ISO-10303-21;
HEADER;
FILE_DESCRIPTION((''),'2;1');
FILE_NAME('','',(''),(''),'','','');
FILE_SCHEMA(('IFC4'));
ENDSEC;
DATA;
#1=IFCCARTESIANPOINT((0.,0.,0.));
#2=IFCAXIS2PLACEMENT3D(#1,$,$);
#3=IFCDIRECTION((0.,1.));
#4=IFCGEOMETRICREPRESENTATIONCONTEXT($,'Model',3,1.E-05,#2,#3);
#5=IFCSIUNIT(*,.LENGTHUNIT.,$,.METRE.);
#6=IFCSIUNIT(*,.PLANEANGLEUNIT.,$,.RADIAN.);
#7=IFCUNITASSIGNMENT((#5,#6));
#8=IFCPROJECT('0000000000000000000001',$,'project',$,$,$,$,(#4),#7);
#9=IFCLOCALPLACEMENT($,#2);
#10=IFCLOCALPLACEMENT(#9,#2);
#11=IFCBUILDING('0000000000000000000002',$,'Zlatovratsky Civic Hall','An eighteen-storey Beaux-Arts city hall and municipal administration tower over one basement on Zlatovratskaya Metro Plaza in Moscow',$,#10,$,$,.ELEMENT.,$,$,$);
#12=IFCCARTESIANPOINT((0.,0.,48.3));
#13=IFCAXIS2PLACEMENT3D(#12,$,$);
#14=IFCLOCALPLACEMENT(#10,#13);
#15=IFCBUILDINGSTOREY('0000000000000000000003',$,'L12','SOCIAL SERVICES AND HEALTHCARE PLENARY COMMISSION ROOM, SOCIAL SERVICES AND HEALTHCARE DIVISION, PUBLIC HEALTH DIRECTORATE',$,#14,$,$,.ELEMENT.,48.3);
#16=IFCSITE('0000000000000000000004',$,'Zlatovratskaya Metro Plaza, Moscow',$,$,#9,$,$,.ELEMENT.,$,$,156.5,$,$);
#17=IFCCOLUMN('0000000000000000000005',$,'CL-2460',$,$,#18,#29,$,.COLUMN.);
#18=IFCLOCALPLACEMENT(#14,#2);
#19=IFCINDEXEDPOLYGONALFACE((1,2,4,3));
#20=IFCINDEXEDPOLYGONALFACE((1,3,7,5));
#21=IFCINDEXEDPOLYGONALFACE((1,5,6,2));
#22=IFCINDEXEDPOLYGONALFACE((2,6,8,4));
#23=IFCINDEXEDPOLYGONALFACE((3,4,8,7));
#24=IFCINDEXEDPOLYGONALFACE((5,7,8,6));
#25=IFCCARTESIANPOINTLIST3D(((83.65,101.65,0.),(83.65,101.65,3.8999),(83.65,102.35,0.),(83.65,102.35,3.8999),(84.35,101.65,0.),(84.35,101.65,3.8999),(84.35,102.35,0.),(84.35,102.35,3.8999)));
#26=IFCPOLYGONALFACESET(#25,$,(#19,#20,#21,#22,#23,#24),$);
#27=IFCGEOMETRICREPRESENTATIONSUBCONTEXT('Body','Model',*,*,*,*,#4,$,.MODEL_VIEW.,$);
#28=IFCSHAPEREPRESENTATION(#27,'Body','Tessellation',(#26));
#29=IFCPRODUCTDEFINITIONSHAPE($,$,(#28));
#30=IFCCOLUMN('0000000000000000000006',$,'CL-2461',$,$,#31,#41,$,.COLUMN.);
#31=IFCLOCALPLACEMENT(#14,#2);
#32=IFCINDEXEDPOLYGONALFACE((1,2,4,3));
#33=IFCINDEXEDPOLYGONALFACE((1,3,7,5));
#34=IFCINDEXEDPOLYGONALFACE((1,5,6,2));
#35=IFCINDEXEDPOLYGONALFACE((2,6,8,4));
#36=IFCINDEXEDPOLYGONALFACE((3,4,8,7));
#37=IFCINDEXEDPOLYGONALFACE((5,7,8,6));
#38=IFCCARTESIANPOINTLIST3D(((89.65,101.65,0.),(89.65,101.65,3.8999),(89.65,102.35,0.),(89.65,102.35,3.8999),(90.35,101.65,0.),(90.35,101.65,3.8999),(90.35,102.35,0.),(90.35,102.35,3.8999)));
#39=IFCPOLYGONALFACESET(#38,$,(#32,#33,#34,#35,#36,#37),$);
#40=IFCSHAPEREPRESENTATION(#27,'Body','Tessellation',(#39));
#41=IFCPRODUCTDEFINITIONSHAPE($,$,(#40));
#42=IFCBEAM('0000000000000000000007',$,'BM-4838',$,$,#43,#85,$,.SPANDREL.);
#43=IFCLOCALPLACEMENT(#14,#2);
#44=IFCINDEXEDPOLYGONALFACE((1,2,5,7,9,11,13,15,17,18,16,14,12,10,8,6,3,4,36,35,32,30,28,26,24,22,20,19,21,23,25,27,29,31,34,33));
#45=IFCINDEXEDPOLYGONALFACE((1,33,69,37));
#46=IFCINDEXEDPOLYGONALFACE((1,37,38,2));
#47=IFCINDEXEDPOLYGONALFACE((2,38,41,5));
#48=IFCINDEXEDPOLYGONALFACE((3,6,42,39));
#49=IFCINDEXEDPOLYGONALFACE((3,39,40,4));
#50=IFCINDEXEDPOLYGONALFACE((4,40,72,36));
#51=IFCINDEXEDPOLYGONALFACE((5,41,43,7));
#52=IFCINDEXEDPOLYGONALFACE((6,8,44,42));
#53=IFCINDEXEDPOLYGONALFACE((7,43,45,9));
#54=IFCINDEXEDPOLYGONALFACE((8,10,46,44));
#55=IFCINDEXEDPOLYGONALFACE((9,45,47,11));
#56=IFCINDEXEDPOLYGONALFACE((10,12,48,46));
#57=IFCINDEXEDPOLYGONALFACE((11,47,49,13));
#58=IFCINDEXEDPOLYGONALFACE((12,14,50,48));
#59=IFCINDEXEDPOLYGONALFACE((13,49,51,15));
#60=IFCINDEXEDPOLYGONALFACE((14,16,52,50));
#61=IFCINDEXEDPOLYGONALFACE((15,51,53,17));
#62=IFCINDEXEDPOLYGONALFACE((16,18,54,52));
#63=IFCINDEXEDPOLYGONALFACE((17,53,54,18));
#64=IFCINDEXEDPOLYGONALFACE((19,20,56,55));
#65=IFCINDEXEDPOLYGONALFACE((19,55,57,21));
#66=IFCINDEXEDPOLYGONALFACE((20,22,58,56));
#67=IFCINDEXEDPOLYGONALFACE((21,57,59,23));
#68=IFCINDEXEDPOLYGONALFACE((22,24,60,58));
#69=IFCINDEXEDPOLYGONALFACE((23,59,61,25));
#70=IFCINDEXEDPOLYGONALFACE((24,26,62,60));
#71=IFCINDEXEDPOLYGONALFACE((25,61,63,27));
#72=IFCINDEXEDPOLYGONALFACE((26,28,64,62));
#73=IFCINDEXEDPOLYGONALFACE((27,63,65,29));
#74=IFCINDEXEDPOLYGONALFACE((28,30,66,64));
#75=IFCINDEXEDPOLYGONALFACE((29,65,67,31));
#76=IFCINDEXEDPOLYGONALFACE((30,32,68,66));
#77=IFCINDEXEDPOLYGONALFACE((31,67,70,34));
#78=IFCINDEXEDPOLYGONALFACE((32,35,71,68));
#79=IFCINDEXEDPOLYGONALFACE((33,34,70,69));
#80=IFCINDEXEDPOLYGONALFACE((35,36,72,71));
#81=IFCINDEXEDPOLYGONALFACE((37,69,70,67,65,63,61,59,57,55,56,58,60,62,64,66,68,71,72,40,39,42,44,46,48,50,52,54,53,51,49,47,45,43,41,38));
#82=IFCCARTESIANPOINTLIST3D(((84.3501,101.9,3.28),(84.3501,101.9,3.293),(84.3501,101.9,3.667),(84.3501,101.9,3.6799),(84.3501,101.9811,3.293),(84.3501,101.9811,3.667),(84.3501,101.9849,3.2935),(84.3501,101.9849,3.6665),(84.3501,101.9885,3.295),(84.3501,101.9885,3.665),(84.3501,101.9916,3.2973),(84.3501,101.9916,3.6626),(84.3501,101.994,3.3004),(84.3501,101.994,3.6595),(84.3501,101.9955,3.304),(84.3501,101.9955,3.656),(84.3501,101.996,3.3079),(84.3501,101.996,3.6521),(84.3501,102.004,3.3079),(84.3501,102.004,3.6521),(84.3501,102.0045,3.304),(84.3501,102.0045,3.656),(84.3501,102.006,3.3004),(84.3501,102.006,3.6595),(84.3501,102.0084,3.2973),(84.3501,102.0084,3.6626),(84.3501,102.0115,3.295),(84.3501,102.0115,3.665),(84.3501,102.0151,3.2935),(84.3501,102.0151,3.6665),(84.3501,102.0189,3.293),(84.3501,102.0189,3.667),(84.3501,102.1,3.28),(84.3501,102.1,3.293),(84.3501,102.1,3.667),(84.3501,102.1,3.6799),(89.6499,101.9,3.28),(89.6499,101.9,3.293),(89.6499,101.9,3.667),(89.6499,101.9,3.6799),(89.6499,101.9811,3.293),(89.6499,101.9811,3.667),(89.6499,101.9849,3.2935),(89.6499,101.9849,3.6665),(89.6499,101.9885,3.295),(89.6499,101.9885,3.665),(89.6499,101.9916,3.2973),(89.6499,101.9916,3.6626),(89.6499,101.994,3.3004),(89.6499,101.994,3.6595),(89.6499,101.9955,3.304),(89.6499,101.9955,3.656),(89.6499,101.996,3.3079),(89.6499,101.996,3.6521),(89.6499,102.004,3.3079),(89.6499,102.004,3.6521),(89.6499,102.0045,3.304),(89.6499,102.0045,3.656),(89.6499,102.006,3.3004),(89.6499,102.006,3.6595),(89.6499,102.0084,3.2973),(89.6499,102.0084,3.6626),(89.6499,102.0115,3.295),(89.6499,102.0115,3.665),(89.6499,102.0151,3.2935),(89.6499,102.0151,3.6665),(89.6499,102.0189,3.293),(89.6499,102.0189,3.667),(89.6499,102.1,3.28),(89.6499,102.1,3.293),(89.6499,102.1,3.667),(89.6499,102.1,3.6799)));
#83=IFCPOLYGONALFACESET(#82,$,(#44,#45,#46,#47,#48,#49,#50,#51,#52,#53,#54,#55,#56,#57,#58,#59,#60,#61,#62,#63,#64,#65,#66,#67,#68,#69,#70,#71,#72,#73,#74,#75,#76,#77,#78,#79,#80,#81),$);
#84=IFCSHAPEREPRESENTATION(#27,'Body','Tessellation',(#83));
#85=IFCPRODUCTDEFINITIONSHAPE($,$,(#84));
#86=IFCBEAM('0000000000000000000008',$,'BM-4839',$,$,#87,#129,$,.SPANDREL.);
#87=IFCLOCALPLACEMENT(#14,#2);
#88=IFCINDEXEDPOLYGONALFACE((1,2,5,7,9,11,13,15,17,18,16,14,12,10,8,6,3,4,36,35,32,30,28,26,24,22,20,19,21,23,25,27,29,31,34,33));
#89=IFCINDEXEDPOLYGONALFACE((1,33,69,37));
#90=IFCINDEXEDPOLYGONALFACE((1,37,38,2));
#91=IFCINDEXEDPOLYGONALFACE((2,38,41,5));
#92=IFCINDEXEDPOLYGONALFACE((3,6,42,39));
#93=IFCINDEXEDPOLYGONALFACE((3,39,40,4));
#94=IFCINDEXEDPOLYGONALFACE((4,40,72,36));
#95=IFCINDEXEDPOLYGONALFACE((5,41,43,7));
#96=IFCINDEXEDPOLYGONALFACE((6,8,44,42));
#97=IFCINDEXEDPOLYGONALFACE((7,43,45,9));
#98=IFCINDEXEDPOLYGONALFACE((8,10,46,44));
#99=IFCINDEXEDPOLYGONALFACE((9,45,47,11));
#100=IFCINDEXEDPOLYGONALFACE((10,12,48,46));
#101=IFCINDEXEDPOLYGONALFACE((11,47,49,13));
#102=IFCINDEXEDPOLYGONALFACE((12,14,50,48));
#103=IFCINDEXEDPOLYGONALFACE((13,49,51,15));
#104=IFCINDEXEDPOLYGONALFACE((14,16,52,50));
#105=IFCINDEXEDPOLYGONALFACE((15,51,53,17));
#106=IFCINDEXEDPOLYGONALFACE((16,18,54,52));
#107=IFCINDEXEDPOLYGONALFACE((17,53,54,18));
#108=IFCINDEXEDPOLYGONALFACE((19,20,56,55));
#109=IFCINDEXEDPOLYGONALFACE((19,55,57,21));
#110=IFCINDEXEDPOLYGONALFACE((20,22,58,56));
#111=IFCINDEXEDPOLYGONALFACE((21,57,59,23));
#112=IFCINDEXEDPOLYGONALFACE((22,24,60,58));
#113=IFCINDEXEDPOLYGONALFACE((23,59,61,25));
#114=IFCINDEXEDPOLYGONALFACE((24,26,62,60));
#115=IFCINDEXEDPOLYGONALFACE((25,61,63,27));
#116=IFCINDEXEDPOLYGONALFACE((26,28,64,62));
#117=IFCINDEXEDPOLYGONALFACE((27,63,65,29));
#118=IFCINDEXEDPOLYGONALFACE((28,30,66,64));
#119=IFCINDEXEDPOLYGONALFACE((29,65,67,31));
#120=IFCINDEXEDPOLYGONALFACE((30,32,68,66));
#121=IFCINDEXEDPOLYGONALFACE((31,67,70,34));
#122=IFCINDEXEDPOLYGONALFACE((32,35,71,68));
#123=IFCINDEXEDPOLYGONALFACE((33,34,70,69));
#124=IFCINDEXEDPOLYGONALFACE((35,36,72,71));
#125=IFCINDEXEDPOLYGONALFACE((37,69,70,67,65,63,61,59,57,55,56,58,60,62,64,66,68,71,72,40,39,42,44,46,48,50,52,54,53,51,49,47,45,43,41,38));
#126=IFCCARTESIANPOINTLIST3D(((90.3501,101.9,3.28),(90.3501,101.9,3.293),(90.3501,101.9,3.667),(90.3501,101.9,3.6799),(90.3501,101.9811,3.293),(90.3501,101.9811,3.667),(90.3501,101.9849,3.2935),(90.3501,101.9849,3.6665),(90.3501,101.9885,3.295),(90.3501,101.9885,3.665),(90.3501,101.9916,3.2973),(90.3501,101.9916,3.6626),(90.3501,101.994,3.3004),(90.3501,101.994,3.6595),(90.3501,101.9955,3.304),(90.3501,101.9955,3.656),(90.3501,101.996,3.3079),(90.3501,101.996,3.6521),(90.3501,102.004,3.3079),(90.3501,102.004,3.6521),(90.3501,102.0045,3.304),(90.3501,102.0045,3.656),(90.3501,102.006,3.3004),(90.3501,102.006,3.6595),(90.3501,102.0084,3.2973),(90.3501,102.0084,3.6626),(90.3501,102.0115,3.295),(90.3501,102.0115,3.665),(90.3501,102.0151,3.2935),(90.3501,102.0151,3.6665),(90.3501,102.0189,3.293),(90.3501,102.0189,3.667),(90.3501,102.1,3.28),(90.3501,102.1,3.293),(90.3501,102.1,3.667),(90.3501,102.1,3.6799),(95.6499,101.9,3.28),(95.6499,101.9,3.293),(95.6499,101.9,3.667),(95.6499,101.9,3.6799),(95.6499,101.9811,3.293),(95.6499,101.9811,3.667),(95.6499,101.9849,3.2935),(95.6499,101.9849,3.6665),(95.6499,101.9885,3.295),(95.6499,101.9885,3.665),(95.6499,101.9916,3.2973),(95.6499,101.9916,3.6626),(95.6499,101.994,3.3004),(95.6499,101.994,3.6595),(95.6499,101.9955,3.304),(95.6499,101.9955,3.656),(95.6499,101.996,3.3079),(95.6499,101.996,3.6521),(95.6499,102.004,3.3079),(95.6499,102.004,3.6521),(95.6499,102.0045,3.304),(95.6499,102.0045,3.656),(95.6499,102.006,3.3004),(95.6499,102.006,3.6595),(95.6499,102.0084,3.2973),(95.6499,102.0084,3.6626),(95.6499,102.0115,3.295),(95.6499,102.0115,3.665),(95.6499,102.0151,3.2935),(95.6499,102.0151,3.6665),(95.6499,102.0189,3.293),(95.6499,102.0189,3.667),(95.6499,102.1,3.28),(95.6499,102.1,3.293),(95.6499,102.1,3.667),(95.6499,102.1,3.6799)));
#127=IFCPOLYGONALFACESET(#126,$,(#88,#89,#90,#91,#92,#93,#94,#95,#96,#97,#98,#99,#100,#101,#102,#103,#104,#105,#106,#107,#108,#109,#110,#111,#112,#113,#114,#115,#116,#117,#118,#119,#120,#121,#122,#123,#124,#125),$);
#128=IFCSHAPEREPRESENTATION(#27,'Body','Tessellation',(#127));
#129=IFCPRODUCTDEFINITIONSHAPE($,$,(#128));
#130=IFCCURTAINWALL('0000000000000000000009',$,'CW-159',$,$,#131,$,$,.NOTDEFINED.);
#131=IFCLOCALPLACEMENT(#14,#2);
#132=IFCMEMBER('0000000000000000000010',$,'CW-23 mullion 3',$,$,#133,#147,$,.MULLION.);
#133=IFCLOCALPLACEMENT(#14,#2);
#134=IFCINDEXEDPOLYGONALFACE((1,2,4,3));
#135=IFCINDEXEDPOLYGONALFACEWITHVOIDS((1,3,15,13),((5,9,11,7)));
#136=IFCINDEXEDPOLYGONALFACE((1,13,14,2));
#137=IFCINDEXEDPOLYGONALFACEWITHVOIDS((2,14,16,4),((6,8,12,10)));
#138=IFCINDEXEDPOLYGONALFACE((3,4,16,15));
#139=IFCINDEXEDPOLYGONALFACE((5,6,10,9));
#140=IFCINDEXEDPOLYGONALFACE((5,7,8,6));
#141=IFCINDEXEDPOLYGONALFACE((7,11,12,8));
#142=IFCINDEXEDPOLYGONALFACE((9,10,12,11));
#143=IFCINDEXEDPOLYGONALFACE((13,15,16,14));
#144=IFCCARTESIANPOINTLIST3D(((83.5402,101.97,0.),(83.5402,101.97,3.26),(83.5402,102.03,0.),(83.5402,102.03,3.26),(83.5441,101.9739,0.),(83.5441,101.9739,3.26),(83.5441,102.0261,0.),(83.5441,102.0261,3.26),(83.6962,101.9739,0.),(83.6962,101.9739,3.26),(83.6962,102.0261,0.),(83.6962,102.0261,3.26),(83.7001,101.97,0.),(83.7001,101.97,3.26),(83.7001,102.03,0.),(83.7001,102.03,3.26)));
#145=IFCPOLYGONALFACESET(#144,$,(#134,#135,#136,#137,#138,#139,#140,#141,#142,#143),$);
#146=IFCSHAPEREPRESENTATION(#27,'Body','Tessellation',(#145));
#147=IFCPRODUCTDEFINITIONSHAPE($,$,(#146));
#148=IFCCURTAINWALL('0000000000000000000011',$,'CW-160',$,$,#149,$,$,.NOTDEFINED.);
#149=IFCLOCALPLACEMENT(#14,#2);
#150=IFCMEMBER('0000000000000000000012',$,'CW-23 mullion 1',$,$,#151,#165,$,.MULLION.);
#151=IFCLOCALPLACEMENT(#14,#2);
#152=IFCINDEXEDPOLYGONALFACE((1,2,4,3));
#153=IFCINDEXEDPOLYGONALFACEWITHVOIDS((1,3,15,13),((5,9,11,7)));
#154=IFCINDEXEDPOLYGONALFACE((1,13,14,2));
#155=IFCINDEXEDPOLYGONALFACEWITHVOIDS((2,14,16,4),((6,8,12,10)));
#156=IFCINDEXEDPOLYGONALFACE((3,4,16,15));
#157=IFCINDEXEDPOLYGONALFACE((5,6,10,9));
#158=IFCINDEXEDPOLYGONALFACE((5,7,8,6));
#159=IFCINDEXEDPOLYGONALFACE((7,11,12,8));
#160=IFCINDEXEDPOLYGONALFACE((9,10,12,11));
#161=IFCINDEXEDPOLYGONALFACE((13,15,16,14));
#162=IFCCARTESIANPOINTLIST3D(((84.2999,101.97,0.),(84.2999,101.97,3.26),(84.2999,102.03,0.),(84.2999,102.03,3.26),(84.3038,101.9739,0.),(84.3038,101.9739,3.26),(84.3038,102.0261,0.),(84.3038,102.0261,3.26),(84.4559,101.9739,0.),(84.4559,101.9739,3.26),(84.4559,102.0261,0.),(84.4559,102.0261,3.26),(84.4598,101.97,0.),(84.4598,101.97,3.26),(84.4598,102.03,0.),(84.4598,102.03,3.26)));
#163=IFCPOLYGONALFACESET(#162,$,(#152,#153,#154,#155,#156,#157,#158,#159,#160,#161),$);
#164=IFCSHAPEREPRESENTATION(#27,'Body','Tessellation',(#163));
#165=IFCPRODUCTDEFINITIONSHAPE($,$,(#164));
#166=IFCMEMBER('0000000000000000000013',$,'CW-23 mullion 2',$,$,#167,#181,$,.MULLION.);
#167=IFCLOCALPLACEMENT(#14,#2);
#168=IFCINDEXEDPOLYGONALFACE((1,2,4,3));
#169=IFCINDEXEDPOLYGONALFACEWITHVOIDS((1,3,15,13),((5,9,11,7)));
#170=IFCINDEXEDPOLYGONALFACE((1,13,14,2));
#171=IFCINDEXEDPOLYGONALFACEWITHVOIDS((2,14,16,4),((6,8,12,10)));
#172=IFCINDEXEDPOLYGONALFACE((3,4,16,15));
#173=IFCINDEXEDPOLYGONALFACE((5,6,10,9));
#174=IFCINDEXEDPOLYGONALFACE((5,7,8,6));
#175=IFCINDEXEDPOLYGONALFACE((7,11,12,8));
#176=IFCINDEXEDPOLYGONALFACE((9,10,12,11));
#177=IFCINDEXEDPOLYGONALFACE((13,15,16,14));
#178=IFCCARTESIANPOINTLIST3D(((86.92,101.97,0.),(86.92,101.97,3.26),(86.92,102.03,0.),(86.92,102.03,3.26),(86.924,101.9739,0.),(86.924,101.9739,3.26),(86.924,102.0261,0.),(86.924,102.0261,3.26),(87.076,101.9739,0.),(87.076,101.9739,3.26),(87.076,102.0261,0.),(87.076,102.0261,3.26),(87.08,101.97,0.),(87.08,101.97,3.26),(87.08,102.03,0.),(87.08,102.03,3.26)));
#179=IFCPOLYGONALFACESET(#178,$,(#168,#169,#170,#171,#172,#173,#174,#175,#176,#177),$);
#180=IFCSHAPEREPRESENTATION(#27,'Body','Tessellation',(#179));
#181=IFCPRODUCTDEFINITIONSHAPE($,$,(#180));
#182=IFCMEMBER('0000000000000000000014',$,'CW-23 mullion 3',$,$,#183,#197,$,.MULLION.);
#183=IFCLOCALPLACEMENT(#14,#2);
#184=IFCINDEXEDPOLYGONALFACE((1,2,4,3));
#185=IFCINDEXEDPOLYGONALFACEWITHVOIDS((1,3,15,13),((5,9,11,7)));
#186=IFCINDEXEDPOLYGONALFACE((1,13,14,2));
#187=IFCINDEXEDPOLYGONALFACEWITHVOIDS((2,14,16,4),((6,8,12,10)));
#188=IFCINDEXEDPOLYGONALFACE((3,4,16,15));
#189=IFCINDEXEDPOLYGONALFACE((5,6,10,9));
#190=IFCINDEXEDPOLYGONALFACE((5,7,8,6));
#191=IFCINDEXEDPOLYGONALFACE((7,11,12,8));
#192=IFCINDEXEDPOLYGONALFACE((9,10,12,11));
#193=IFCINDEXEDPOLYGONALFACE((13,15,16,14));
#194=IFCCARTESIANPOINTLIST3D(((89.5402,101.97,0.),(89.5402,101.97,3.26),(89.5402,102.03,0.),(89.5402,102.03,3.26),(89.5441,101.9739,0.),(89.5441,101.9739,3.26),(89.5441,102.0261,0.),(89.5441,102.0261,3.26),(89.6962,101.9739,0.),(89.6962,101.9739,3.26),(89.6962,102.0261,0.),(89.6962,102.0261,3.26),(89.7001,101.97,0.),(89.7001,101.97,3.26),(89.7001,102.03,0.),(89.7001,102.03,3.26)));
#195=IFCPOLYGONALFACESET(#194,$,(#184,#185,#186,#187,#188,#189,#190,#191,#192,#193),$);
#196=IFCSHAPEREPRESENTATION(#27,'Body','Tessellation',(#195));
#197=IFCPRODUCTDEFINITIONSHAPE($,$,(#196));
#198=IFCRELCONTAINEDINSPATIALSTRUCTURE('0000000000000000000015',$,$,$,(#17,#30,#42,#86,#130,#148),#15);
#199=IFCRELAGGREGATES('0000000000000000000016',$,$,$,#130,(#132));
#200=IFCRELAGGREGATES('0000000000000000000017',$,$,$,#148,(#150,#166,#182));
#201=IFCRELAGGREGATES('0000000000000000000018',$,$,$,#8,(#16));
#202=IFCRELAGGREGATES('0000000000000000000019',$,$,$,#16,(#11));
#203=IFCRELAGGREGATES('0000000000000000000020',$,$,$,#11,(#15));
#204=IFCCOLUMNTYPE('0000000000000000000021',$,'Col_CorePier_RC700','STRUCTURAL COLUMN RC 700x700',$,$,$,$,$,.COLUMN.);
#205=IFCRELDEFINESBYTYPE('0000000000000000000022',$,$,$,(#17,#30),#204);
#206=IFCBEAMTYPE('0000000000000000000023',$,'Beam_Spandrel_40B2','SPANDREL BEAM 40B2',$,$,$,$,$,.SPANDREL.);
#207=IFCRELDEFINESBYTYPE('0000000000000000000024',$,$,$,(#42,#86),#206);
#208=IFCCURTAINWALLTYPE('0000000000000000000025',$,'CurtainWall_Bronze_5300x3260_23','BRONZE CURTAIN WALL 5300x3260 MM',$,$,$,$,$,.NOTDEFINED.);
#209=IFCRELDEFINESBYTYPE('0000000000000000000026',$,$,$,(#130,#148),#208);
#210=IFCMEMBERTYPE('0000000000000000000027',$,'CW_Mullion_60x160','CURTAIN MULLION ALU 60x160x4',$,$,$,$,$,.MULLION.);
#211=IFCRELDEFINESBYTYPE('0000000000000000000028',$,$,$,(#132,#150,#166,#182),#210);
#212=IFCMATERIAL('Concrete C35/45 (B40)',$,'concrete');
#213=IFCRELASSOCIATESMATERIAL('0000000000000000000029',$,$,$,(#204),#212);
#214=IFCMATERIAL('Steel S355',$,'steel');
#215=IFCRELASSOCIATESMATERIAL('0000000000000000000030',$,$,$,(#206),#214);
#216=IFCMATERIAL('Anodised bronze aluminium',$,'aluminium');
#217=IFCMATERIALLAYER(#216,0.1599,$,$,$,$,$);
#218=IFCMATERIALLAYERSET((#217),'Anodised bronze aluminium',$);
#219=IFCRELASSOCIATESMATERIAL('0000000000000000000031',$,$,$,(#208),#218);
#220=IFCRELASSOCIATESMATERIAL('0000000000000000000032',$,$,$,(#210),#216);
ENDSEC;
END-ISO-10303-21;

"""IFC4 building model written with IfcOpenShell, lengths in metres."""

from ifc_helpers import new_model, si_unit, direction, frame, origin, origin_2d, place, context, subcontext, project, spatial, rectangle, hollow_rectangle, i_section, extrude, material, layer, layer_set, material_profile, profile_set, type_object, element, aggregate, save


model = new_model("IFC4")

# Units and contexts
model_context = context("Model", 3, precision=1e-05, world=origin(), true_north=direction((0.0, 1.0)))
body_context = subcontext(model_context, "Body", "Model", "MODEL_VIEW")
ifc_project = project(units=[si_unit("LENGTHUNIT", "METRE"), si_unit("PLANEANGLEUNIT", "RADIAN")], contexts=[model_context])

# Site, building, storey
site_placement = place(None, origin())
site = spatial("IfcSite", under=ifc_project, at=site_placement, Name="Zlatovratskaya Metro Plaza, Moscow", CompositionType="ELEMENT", RefElevation=156.5)
building_placement = place(site_placement, origin())
building = spatial("IfcBuilding", under=site, at=building_placement, Name="Zlatovratsky Civic Hall", Description="An eighteen-storey Beaux-Arts city hall and municipal administration tower over one basement on Zlatovratskaya Metro Plaza in Moscow", CompositionType="ELEMENT")
storey_placement = place(building_placement, frame((0.0, 0.0, 48.3)))
storey = spatial("IfcBuildingStorey", under=building, at=storey_placement, Name="L12", Description="SOCIAL SERVICES AND HEALTHCARE PLENARY COMMISSION ROOM, SOCIAL SERVICES AND HEALTHCARE DIVISION, PUBLIC HEALTH DIRECTORATE", CompositionType="ELEMENT", Elevation=48.3)

# Columns
ifc_material_1 = material(Name="Concrete C35/45 (B40)", Category="concrete")
ifc_material_profile_1 = material_profile(ifc_material_1, rectangle(XDim=0.7, YDim=0.7, at=origin_2d()), Name="RC 700x700")
ifc_profile_set_1 = profile_set([ifc_material_profile_1], Name="Concrete C35/45 (B40)")
column_type = type_object("IfcColumnType", Name="Col_CorePier_RC700", Description="STRUCTURAL COLUMN RC 700x700", PredefinedType="COLUMN", material=ifc_profile_set_1)
for number, where, z_axis, x_axis, name in (
    (1, (84.0, 102.0, 0.0), (0.0, 0.0, 1.0), (1.0, 0.0, 0.0), "CL-2460"),
    (2, (90.0, 102.0, 0.0), (0.0, 0.0, 1.0), (1.0, 0.0, 0.0), "CL-2461"),
):
    element("IfcColumn", number, at=place(storey_placement, frame(where, z_axis=z_axis, x_axis=x_axis)), inside=storey, type_object=column_type, Name=name, PredefinedType="COLUMN", context=body_context, shape_type="SweptSolid", body=[
        extrude(rectangle(XDim=0.7, YDim=0.7, at=origin_2d()), origin(), (0.0, 0.0, 1.0), 3.8999),
    ])

# Beams
ifc_material_2 = material(Name="Steel S355", Category="steel")
ifc_material_profile_2 = material_profile(ifc_material_2, i_section(OverallWidth=0.2, OverallDepth=0.3999, WebThickness=0.0081, FlangeThickness=0.0129, FilletRadius=0.0149, at=origin_2d()), Name="40B2")
ifc_profile_set_2 = profile_set([ifc_material_profile_2], Name="Steel S355")
beam_type = type_object("IfcBeamType", Name="Beam_Spandrel_40B2", Description="SPANDREL BEAM 40B2", PredefinedType="SPANDREL", material=ifc_profile_set_2)
for number, where, z_axis, x_axis, name in (
    (3, (84.3501, 102.0, 3.48), (1.0, 0.0, 0.0), (0.0, 1.0, 0.0), "BM-4838"),
    (4, (90.3501, 102.0, 3.48), (1.0, 0.0, 0.0), (0.0, 1.0, 0.0), "BM-4839"),
):
    element("IfcBeam", number, at=place(storey_placement, frame(where, z_axis=z_axis, x_axis=x_axis)), inside=storey, type_object=beam_type, Name=name, PredefinedType="SPANDREL", context=body_context, shape_type="SweptSolid", body=[
        extrude(i_section(OverallWidth=0.2, OverallDepth=0.3999, WebThickness=0.0081, FlangeThickness=0.0129, FilletRadius=0.0149, at=origin_2d()), origin(), (0.0, 0.0, 1.0), 5.2998),
    ])

# Curtain wall, member
ifc_material_3 = material(Name="Anodised bronze aluminium", Category="aluminium")
ifc_layer_1 = layer(ifc_material_3, 0.1599)
ifc_layer_set_1 = layer_set([ifc_layer_1], Name="Anodised bronze aluminium")
curtain_wall_type = type_object("IfcCurtainWallType", Name="CurtainWall_Bronze_5300x3260_23", Description="BRONZE CURTAIN WALL 5300x3260 MM", PredefinedType="NOTDEFINED", material=ifc_layer_set_1)
curtain_wall_1_placement = place(storey_placement, origin())
curtain_wall_1 = element("IfcCurtainWall", 5, at=curtain_wall_1_placement, inside=storey, type_object=curtain_wall_type, Name="CW-159", PredefinedType="NOTDEFINED")
ifc_material_profile_3 = material_profile(ifc_material_3, hollow_rectangle(XDim=0.0601, YDim=0.1599, WallThickness=0.0039, at=origin_2d()), Name="ALU 60x160x4")
ifc_profile_set_3 = profile_set([ifc_material_profile_3], Name="Anodised bronze aluminium")
member_type_1 = type_object("IfcMemberType", Name="CW_Mullion_60x160", Description="CURTAIN MULLION ALU 60x160x4", PredefinedType="MULLION", material=ifc_profile_set_3)
member_1_placement = place(storey_placement, frame((83.6201, 102.0, 0.0), z_axis=(0.0, 0.0, 1.0), x_axis=(0.0, 1.0, 0.0)))
member_1 = element("IfcMember", 6, at=member_1_placement, type_object=member_type_1, Name="CW-23 mullion 3", PredefinedType="MULLION", context=body_context, shape_type="SweptSolid", body=[
    extrude(hollow_rectangle(XDim=0.0601, YDim=0.1599, WallThickness=0.0039, at=origin_2d()), origin(), (0.0, 0.0, 1.0), 3.26),
])

# Curtain wall, members
curtain_wall_2_placement = place(storey_placement, origin())
curtain_wall_2 = element("IfcCurtainWall", 7, at=curtain_wall_2_placement, inside=storey, type_object=curtain_wall_type, Name="CW-160", PredefinedType="NOTDEFINED")
member_2_placement = place(storey_placement, frame((84.3799, 102.0, 0.0), z_axis=(0.0, 0.0, 1.0), x_axis=(0.0, 1.0, 0.0)))
member_2 = element("IfcMember", 8, at=member_2_placement, type_object=member_type_1, Name="CW-23 mullion 1", PredefinedType="MULLION", context=body_context, shape_type="SweptSolid", body=[
    extrude(hollow_rectangle(XDim=0.0601, YDim=0.1599, WallThickness=0.0039, at=origin_2d()), origin(), (0.0, 0.0, 1.0), 3.26),
])
member_3_placement = place(storey_placement, frame((87.0, 102.0, 0.0), z_axis=(0.0, 0.0, 1.0), x_axis=(0.0, 1.0, 0.0)))
member_3 = element("IfcMember", 9, at=member_3_placement, type_object=member_type_1, Name="CW-23 mullion 2", PredefinedType="MULLION", context=body_context, shape_type="SweptSolid", body=[
    extrude(hollow_rectangle(XDim=0.0601, YDim=0.1599, WallThickness=0.0039, at=origin_2d()), origin(), (0.0, 0.0, 1.0), 3.26),
])
member_4_placement = place(storey_placement, frame((89.6201, 102.0, 0.0), z_axis=(0.0, 0.0, 1.0), x_axis=(0.0, 1.0, 0.0)))
member_4 = element("IfcMember", 10, at=member_4_placement, type_object=member_type_1, Name="CW-23 mullion 3", PredefinedType="MULLION", context=body_context, shape_type="SweptSolid", body=[
    extrude(hollow_rectangle(XDim=0.0601, YDim=0.1599, WallThickness=0.0039, at=origin_2d()), origin(), (0.0, 0.0, 1.0), 3.26),
])

aggregate(curtain_wall_1, [member_1])
aggregate(curtain_wall_2, [member_2, member_3, member_4])

save(model, "model.ifc")
